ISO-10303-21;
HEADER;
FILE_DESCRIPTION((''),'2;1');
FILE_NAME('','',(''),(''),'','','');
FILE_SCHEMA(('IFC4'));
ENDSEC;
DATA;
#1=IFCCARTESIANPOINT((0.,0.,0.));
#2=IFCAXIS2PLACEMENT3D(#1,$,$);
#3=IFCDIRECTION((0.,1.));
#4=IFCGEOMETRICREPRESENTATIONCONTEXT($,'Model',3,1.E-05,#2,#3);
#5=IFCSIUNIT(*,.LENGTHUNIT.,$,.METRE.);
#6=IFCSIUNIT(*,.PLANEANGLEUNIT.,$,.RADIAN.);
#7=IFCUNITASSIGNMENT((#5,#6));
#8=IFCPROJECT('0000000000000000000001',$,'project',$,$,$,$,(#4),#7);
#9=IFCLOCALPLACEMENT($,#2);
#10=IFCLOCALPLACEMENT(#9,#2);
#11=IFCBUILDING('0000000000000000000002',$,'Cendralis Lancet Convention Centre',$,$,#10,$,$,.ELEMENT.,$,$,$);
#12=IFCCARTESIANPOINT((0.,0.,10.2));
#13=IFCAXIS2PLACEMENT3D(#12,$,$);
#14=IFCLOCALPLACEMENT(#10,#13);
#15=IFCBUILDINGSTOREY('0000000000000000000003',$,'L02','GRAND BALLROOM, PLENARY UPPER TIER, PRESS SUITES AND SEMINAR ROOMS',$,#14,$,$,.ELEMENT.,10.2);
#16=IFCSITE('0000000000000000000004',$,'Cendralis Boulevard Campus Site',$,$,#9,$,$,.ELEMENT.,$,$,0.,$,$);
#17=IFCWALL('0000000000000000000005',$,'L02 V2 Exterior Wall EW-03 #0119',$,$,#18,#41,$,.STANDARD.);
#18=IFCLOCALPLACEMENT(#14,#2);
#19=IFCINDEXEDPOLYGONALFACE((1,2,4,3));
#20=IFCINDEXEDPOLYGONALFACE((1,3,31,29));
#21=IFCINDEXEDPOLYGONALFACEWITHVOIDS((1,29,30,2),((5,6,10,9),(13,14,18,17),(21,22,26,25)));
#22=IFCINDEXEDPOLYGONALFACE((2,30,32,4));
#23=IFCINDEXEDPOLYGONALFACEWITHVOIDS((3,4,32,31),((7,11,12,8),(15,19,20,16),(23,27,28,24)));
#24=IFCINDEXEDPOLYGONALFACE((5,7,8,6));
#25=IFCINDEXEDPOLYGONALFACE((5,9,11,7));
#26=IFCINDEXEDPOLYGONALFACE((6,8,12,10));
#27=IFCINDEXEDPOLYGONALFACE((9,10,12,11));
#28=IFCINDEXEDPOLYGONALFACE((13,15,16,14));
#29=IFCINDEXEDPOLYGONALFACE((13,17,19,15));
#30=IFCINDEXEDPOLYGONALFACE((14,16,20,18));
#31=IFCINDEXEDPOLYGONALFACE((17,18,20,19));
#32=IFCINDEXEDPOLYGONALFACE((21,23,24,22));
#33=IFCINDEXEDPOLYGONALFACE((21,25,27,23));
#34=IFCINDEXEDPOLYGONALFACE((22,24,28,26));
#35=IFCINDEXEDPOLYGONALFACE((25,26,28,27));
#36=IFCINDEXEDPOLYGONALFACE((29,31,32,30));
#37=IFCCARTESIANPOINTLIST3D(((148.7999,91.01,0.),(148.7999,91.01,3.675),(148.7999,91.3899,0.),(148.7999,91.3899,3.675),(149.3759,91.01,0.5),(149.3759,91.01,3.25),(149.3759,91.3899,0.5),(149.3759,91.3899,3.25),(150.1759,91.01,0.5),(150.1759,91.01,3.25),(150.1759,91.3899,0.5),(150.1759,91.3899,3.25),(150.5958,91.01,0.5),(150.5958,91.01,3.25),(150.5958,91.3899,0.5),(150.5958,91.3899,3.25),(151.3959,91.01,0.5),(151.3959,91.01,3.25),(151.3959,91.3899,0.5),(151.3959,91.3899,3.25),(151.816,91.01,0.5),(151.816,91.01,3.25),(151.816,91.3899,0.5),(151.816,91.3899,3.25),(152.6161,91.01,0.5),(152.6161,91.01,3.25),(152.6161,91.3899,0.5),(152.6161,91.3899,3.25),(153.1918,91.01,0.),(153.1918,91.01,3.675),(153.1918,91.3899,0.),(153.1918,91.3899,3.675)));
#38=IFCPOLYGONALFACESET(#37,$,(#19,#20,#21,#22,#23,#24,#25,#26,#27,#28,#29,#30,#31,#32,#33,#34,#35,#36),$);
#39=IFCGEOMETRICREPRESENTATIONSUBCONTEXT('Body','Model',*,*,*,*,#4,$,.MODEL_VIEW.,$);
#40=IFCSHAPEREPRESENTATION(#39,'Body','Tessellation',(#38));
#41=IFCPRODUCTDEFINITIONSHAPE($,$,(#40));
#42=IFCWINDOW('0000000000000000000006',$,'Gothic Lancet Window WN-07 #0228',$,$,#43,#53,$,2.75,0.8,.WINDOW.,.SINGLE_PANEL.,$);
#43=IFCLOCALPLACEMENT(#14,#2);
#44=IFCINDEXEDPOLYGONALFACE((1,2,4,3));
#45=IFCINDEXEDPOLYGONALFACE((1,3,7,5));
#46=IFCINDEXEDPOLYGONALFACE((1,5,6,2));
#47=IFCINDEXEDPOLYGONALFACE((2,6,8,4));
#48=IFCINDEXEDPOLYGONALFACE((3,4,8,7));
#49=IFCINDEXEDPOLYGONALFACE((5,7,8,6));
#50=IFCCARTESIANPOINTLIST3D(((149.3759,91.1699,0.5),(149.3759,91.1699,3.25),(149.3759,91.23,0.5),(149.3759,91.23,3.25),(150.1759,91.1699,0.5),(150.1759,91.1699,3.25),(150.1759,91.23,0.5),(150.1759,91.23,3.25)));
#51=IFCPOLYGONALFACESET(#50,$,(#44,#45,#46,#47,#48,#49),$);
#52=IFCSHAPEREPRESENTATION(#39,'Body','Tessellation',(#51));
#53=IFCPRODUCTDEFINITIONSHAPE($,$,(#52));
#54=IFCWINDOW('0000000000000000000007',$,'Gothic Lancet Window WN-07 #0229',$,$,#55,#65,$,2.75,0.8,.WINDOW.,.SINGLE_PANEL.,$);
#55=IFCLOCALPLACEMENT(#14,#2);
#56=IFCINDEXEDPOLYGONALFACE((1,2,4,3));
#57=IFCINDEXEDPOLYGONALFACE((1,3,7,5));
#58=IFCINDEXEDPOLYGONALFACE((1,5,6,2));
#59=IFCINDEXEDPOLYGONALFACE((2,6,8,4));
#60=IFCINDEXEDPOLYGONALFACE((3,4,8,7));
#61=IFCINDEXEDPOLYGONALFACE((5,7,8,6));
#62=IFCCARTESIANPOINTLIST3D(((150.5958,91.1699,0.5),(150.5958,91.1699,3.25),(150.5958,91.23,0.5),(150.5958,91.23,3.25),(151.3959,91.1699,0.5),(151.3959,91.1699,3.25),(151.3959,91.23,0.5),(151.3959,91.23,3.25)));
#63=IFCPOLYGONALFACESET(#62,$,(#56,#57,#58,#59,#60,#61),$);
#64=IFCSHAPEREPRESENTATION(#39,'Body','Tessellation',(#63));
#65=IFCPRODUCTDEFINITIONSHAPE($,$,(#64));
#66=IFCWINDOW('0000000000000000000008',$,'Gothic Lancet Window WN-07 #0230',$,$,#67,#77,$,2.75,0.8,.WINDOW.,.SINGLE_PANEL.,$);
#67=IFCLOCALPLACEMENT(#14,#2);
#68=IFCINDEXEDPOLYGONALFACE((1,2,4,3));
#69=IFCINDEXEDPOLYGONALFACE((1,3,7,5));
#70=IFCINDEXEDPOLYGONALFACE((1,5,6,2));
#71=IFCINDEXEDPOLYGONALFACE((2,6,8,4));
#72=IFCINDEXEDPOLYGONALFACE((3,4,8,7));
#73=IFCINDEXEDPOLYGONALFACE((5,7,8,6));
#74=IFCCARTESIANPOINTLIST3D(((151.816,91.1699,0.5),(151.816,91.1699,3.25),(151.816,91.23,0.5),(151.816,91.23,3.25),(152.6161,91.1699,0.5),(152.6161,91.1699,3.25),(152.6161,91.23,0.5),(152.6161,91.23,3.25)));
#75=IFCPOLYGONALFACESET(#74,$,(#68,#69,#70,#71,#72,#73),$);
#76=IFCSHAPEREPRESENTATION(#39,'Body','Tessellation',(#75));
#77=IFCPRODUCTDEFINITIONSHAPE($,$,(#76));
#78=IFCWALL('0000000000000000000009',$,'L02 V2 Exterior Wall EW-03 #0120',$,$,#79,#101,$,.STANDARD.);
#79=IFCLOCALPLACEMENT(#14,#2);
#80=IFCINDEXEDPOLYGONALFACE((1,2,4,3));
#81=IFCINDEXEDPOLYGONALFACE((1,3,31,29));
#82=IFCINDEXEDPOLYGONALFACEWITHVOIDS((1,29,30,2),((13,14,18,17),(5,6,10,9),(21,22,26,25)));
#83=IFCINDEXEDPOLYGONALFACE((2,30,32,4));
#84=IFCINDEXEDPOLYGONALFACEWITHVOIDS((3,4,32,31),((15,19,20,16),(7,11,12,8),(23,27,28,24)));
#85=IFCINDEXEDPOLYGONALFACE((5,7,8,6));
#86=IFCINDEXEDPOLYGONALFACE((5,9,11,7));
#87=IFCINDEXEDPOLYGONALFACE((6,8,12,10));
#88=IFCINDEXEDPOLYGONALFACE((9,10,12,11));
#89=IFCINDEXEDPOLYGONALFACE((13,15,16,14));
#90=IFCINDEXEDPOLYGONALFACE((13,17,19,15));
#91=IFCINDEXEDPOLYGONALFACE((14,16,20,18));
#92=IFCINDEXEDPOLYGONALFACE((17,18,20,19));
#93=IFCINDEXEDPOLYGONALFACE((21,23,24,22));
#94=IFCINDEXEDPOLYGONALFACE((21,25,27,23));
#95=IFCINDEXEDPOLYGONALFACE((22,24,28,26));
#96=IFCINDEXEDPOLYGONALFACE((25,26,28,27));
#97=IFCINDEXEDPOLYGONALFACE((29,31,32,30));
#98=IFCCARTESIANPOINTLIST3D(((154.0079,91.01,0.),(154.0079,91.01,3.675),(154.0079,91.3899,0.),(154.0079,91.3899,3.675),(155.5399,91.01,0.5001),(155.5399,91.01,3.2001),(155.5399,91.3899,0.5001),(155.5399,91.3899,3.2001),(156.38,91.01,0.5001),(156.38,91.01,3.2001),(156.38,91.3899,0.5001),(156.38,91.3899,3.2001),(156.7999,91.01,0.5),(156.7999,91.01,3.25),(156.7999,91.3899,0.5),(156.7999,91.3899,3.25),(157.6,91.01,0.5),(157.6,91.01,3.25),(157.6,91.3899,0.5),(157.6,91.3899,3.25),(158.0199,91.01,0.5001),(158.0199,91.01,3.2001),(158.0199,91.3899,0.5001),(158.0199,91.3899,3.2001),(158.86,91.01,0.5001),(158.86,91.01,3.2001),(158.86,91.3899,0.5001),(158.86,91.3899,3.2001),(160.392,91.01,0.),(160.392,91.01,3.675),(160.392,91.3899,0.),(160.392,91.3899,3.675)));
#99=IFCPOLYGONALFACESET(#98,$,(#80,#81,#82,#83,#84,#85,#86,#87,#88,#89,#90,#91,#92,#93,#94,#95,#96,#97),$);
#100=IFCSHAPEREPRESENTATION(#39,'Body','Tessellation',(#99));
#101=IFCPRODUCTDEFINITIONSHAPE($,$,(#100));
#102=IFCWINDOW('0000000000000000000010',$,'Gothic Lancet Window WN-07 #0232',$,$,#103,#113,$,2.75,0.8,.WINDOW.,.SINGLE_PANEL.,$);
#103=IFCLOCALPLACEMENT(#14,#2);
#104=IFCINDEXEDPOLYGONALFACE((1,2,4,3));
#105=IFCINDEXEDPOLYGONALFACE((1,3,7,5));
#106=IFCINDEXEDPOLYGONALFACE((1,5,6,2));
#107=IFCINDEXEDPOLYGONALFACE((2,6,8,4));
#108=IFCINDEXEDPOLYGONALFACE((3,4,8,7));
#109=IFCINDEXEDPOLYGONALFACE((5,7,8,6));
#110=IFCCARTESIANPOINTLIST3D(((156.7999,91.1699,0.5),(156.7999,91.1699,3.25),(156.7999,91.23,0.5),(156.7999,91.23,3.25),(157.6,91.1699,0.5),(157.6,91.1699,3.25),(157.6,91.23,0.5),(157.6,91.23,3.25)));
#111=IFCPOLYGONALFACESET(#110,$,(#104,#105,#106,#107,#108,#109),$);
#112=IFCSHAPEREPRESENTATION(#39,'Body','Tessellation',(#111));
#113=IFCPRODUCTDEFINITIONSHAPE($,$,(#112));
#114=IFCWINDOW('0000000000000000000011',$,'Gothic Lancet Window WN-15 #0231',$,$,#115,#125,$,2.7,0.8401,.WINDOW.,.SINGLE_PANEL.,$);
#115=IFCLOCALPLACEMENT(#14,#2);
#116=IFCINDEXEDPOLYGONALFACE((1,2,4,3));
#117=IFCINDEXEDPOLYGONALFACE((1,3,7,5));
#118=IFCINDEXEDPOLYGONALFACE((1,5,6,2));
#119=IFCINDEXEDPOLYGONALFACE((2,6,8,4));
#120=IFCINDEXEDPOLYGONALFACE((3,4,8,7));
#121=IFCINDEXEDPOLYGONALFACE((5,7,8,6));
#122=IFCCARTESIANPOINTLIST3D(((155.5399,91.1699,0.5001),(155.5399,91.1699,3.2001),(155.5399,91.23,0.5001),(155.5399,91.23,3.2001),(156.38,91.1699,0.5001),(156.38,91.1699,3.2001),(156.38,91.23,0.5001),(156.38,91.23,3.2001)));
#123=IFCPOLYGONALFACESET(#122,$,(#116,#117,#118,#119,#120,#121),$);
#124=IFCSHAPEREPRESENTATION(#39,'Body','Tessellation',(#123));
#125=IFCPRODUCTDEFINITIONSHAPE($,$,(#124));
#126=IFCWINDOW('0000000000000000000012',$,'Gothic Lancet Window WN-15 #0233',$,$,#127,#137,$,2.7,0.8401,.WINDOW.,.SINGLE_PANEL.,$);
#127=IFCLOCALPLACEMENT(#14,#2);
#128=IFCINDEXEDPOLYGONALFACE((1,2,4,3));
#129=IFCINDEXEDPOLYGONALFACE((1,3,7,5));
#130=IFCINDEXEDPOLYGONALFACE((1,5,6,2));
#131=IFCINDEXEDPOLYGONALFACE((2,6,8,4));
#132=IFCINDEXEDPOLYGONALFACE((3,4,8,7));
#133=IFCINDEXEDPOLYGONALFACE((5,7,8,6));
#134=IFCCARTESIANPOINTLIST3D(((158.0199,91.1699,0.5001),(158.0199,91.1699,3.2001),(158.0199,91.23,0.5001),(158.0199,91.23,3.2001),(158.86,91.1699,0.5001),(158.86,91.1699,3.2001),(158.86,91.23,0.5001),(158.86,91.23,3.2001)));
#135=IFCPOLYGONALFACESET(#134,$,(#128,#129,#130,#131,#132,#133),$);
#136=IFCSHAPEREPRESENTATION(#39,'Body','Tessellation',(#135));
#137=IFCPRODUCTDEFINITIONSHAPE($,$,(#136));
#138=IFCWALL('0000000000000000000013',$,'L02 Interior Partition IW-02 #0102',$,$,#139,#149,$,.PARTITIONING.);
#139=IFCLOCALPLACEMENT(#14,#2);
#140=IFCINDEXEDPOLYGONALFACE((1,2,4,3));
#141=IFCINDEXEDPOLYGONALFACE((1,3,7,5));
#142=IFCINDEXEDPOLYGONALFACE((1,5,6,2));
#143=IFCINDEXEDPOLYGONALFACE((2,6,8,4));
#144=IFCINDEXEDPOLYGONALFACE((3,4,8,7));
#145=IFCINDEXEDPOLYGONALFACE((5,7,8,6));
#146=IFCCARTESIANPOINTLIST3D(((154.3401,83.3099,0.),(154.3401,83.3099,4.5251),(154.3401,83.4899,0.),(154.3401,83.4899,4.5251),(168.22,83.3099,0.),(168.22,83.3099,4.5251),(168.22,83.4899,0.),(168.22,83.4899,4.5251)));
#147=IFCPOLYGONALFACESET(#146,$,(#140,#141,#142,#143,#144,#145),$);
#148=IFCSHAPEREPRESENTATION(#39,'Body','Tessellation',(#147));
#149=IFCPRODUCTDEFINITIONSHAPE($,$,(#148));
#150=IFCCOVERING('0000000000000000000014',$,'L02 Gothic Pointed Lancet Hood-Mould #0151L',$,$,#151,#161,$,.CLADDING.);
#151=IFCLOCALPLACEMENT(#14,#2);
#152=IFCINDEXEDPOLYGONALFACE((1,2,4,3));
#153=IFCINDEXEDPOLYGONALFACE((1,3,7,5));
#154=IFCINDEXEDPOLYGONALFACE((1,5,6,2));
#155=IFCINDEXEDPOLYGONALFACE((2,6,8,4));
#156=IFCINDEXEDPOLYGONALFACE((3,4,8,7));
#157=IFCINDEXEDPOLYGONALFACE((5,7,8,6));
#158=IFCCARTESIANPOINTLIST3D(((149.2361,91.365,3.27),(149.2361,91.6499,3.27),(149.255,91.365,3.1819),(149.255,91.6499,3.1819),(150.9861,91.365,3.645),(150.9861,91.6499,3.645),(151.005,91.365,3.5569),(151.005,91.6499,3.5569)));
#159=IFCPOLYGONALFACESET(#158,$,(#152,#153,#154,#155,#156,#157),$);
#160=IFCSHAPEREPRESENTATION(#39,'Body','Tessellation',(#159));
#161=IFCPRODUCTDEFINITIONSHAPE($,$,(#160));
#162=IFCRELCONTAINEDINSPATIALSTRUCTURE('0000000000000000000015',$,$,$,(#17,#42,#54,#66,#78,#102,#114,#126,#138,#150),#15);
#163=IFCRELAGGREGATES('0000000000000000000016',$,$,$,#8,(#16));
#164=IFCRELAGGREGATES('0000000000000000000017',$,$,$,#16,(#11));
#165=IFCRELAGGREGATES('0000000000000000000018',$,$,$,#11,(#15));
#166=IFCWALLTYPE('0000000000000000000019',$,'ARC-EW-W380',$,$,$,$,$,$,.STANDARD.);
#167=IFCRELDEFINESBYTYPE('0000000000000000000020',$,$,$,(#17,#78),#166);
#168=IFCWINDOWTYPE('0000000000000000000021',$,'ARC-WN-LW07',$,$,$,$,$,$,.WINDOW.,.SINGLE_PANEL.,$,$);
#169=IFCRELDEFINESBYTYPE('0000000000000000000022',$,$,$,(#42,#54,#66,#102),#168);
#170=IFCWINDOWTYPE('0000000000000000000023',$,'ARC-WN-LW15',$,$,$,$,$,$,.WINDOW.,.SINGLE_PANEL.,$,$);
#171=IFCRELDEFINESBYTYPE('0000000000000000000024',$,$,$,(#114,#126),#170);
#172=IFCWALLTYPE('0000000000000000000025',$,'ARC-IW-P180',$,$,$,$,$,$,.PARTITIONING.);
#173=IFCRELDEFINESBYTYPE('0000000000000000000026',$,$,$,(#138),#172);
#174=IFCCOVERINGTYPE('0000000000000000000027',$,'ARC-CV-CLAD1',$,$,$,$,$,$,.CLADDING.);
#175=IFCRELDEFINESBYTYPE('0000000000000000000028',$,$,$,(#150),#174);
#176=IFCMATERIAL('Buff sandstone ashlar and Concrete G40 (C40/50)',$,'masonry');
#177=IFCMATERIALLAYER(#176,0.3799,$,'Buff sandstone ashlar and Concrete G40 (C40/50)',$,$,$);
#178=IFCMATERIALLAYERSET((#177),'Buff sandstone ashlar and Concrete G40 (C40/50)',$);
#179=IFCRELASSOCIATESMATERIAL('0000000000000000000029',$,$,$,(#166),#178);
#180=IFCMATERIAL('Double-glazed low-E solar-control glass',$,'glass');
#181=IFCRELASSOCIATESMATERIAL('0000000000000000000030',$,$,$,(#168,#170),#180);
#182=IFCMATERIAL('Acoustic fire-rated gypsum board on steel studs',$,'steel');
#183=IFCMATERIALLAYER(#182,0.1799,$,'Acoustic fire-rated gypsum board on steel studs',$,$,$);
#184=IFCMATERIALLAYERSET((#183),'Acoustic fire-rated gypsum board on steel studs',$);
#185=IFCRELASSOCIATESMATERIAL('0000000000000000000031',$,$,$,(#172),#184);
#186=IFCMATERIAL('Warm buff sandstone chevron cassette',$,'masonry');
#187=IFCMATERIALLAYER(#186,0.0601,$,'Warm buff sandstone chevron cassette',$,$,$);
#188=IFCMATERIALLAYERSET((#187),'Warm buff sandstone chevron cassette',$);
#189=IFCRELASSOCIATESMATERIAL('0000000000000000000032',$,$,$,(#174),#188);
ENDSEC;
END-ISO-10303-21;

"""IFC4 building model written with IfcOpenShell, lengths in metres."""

from ifc_helpers import new_model, si_unit, direction, frame, frame_2d, origin, place, context, subcontext, project, spatial, polyline, rectangle, outline, extrude, material, layer, layer_set, type_object, element, fill, save


model = new_model("IFC4")

# Units and contexts
model_context = context("Model", 3, precision=1e-05, world=origin(), true_north=direction((0.0, 1.0)))
body_context = subcontext(model_context, "Body", "Model", "MODEL_VIEW")
ifc_project = project(units=[si_unit("LENGTHUNIT", "METRE"), si_unit("PLANEANGLEUNIT", "RADIAN")], contexts=[model_context])

# Site, building, storey
site_placement = place(None, origin())
site = spatial("IfcSite", under=ifc_project, at=site_placement, Name="Cendralis Boulevard Campus Site", CompositionType="ELEMENT", RefElevation=0.0)
building_placement = place(site_placement, origin())
building = spatial("IfcBuilding", under=site, at=building_placement, Name="Cendralis Lancet Convention Centre", CompositionType="ELEMENT")
storey_placement = place(building_placement, frame((0.0, 0.0, 10.2)))
storey = spatial("IfcBuildingStorey", under=building, at=storey_placement, Name="L02", Description="GRAND BALLROOM, PLENARY UPPER TIER, PRESS SUITES AND SEMINAR ROOMS", CompositionType="ELEMENT", Elevation=10.2)

# Walls, openings, windows
ifc_material_1 = material(Name="Buff sandstone ashlar and Concrete G40 (C40/50)", Category="masonry")
ifc_layer_1 = layer(ifc_material_1, 0.3799, Name="Buff sandstone ashlar and Concrete G40 (C40/50)")
ifc_layer_set_1 = layer_set([ifc_layer_1], Name="Buff sandstone ashlar and Concrete G40 (C40/50)")
wall_type_1 = type_object("IfcWallType", Name="ARC-EW-W380", PredefinedType="STANDARD", material=ifc_layer_set_1)
wall_1_placement = place(storey_placement, frame((148.8, 91.2, 0.0), z_axis=(0.0, 0.0, 1.0), x_axis=(1.0, 0.0, 0.0)))
wall_1 = element("IfcWall", 1, at=wall_1_placement, inside=storey, type_object=wall_type_1, Name="L02 V2 Exterior Wall EW-03 #0119", PredefinedType="STANDARD", context=body_context, shape_type="SweptSolid", body=[
    extrude(rectangle(XDim=4.3918, YDim=0.3799, at=frame_2d((2.1958, 0.0))), origin(), (0.0, 0.0, 1.0), 3.675),
])
opening_1_placement = place(wall_1_placement, frame((0.5759, 0.0, 0.5)))
opening_1 = element("IfcOpeningElement", 2, at=opening_1_placement, cuts=wall_1, PredefinedType="OPENING", context=body_context, shape_type="SweptSolid", body=[
    extrude(rectangle(XDim=0.8, YDim=2.75, at=frame_2d((0.3999, 1.375))), frame((0.0, 0.2, 0.0), z_axis=(0.0, -1.0, 0.0), x_axis=(1.0, 0.0, 0.0)), (0.0, 0.0, 1.0), 0.3999),
])
opening_2_placement = place(wall_1_placement, frame((1.7959, 0.0, 0.5)))
opening_2 = element("IfcOpeningElement", 3, at=opening_2_placement, cuts=wall_1, PredefinedType="OPENING", context=body_context, shape_type="SweptSolid", body=[
    extrude(rectangle(XDim=0.8, YDim=2.75, at=frame_2d((0.3999, 1.375))), frame((0.0, 0.2, 0.0), z_axis=(0.0, -1.0, 0.0), x_axis=(1.0, 0.0, 0.0)), (0.0, 0.0, 1.0), 0.3999),
])
opening_3_placement = place(wall_1_placement, frame((3.0161, 0.0, 0.5)))
opening_3 = element("IfcOpeningElement", 4, at=opening_3_placement, cuts=wall_1, PredefinedType="OPENING", context=body_context, shape_type="SweptSolid", body=[
    extrude(rectangle(XDim=0.8, YDim=2.75, at=frame_2d((0.3999, 1.375))), frame((0.0, 0.2, 0.0), z_axis=(0.0, -1.0, 0.0), x_axis=(1.0, 0.0, 0.0)), (0.0, 0.0, 1.0), 0.3999),
])
ifc_material_2 = material(Name="Double-glazed low-E solar-control glass", Category="glass")
window_type_1 = type_object("IfcWindowType", Name="ARC-WN-LW07", PartitioningType="SINGLE_PANEL", PredefinedType="WINDOW", material=ifc_material_2)
window_1_placement = place(opening_1_placement, origin())
window_1 = element("IfcWindow", 5, at=window_1_placement, inside=storey, type_object=window_type_1, Name="Gothic Lancet Window WN-07 #0228", OverallHeight=2.75, OverallWidth=0.8, PartitioningType="SINGLE_PANEL", PredefinedType="WINDOW", context=body_context, shape_type="SweptSolid", body=[
    extrude(rectangle(XDim=0.8, YDim=2.75, at=frame_2d((0.3999, 1.375))), frame((0.0, 0.03, 0.0), z_axis=(0.0, -1.0, 0.0), x_axis=(1.0, 0.0, 0.0)), (0.0, 0.0, 1.0), 0.0601),
])
fill(opening_1, window_1)
window_2_placement = place(opening_2_placement, origin())
window_2 = element("IfcWindow", 6, at=window_2_placement, inside=storey, type_object=window_type_1, Name="Gothic Lancet Window WN-07 #0229", OverallHeight=2.75, OverallWidth=0.8, PartitioningType="SINGLE_PANEL", PredefinedType="WINDOW", context=body_context, shape_type="SweptSolid", body=[
    extrude(rectangle(XDim=0.8, YDim=2.75, at=frame_2d((0.3999, 1.375))), frame((0.0, 0.03, 0.0), z_axis=(0.0, -1.0, 0.0), x_axis=(1.0, 0.0, 0.0)), (0.0, 0.0, 1.0), 0.0601),
])
fill(opening_2, window_2)
window_3_placement = place(opening_3_placement, origin())
window_3 = element("IfcWindow", 7, at=window_3_placement, inside=storey, type_object=window_type_1, Name="Gothic Lancet Window WN-07 #0230", OverallHeight=2.75, OverallWidth=0.8, PartitioningType="SINGLE_PANEL", PredefinedType="WINDOW", context=body_context, shape_type="SweptSolid", body=[
    extrude(rectangle(XDim=0.8, YDim=2.75, at=frame_2d((0.3999, 1.375))), frame((0.0, 0.03, 0.0), z_axis=(0.0, -1.0, 0.0), x_axis=(1.0, 0.0, 0.0)), (0.0, 0.0, 1.0), 0.0601),
])
fill(opening_3, window_3)
wall_2_placement = place(storey_placement, frame((154.0081, 91.2, 0.0), z_axis=(0.0, 0.0, 1.0), x_axis=(1.0, 0.0, 0.0)))
wall_2 = element("IfcWall", 8, at=wall_2_placement, inside=storey, type_object=wall_type_1, Name="L02 V2 Exterior Wall EW-03 #0120", PredefinedType="STANDARD", context=body_context, shape_type="SweptSolid", body=[
    extrude(rectangle(XDim=6.384, YDim=0.3799, at=frame_2d((3.1919, 0.0))), origin(), (0.0, 0.0, 1.0), 3.675),
])
opening_4_placement = place(wall_2_placement, frame((1.532, 0.0, 0.5)))
opening_4 = element("IfcOpeningElement", 9, at=opening_4_placement, cuts=wall_2, PredefinedType="OPENING", context=body_context, shape_type="SweptSolid", body=[
    extrude(rectangle(XDim=0.8401, YDim=2.7, at=frame_2d((0.4199, 1.3501))), frame((0.0, 0.2, 0.0), z_axis=(0.0, -1.0, 0.0), x_axis=(1.0, 0.0, 0.0)), (0.0, 0.0, 1.0), 0.3999),
])
opening_5_placement = place(wall_2_placement, frame((2.792, 0.0, 0.5)))
opening_5 = element("IfcOpeningElement", 10, at=opening_5_placement, cuts=wall_2, PredefinedType="OPENING", context=body_context, shape_type="SweptSolid", body=[
    extrude(rectangle(XDim=0.8, YDim=2.75, at=frame_2d((0.3999, 1.375))), frame((0.0, 0.2, 0.0), z_axis=(0.0, -1.0, 0.0), x_axis=(1.0, 0.0, 0.0)), (0.0, 0.0, 1.0), 0.3999),
])
opening_6_placement = place(wall_2_placement, frame((4.012, 0.0, 0.5)))
opening_6 = element("IfcOpeningElement", 11, at=opening_6_placement, cuts=wall_2, PredefinedType="OPENING", context=body_context, shape_type="SweptSolid", body=[
    extrude(rectangle(XDim=0.8401, YDim=2.7, at=frame_2d((0.4199, 1.3501))), frame((0.0, 0.2, 0.0), z_axis=(0.0, -1.0, 0.0), x_axis=(1.0, 0.0, 0.0)), (0.0, 0.0, 1.0), 0.3999),
])
window_4_placement = place(opening_5_placement, origin())
window_4 = element("IfcWindow", 12, at=window_4_placement, inside=storey, type_object=window_type_1, Name="Gothic Lancet Window WN-07 #0232", OverallHeight=2.75, OverallWidth=0.8, PartitioningType="SINGLE_PANEL", PredefinedType="WINDOW", context=body_context, shape_type="SweptSolid", body=[
    extrude(rectangle(XDim=0.8, YDim=2.75, at=frame_2d((0.3999, 1.375))), frame((0.0, 0.03, 0.0), z_axis=(0.0, -1.0, 0.0), x_axis=(1.0, 0.0, 0.0)), (0.0, 0.0, 1.0), 0.0601),
])
fill(opening_5, window_4)
window_type_2 = type_object("IfcWindowType", Name="ARC-WN-LW15", PartitioningType="SINGLE_PANEL", PredefinedType="WINDOW", material=ifc_material_2)
window_5_placement = place(opening_4_placement, origin())
window_5 = element("IfcWindow", 13, at=window_5_placement, inside=storey, type_object=window_type_2, Name="Gothic Lancet Window WN-15 #0231", OverallHeight=2.7, OverallWidth=0.8401, PartitioningType="SINGLE_PANEL", PredefinedType="WINDOW", context=body_context, shape_type="SweptSolid", body=[
    extrude(rectangle(XDim=0.8401, YDim=2.7, at=frame_2d((0.4199, 1.3501))), frame((0.0, 0.03, 0.0), z_axis=(0.0, -1.0, 0.0), x_axis=(1.0, 0.0, 0.0)), (0.0, 0.0, 1.0), 0.0601),
])
fill(opening_4, window_5)
window_6_placement = place(opening_6_placement, origin())
window_6 = element("IfcWindow", 14, at=window_6_placement, inside=storey, type_object=window_type_2, Name="Gothic Lancet Window WN-15 #0233", OverallHeight=2.7, OverallWidth=0.8401, PartitioningType="SINGLE_PANEL", PredefinedType="WINDOW", context=body_context, shape_type="SweptSolid", body=[
    extrude(rectangle(XDim=0.8401, YDim=2.7, at=frame_2d((0.4199, 1.3501))), frame((0.0, 0.03, 0.0), z_axis=(0.0, -1.0, 0.0), x_axis=(1.0, 0.0, 0.0)), (0.0, 0.0, 1.0), 0.0601),
])
fill(opening_6, window_6)

# Wall
ifc_material_3 = material(Name="Acoustic fire-rated gypsum board on steel studs", Category="steel")
ifc_layer_2 = layer(ifc_material_3, 0.1799, Name="Acoustic fire-rated gypsum board on steel studs")
ifc_layer_set_2 = layer_set([ifc_layer_2], Name="Acoustic fire-rated gypsum board on steel studs")
wall_type_2 = type_object("IfcWallType", Name="ARC-IW-P180", PredefinedType="PARTITIONING", material=ifc_layer_set_2)
wall_3_placement = place(storey_placement, frame((154.3401, 83.3999, 0.0), z_axis=(0.0, 0.0, 1.0), x_axis=(1.0, 0.0, 0.0)))
element("IfcWall", 15, at=wall_3_placement, inside=storey, type_object=wall_type_2, Name="L02 Interior Partition IW-02 #0102", PredefinedType="PARTITIONING", context=body_context, shape_type="SweptSolid", body=[
    extrude(rectangle(XDim=13.8799, YDim=0.1799, at=frame_2d((6.9399, 0.0))), origin(), (0.0, 0.0, 1.0), 4.5251),
])

# Covering
ifc_material_4 = material(Name="Warm buff sandstone chevron cassette", Category="masonry")
ifc_layer_3 = layer(ifc_material_4, 0.0601, Name="Warm buff sandstone chevron cassette")
ifc_layer_set_3 = layer_set([ifc_layer_3], Name="Warm buff sandstone chevron cassette")
covering_type = type_object("IfcCoveringType", Name="ARC-CV-CLAD1", PredefinedType="CLADDING", material=ifc_layer_set_3)
for number, where, z_axis, x_axis, name in (
    (16, (149.2361, 91.6499, 3.27), (-0.209529, 0.0, 0.977802), (0.0, -1.0, 0.0), "L02 Gothic Pointed Lancet Hood-Mould #0151L"),
):
    element("IfcCovering", number, at=place(storey_placement, frame(where, z_axis=z_axis, x_axis=x_axis)), inside=storey, type_object=covering_type, Name=name, PredefinedType="CLADDING", context=body_context, shape_type="SweptSolid", body=[
        extrude(outline(polyline([(0.0, 0.0), (0.2849, 0.0), (0.2849, 1.7897), (0.0, 1.7897), (0.0, 0.0)])), origin(), (0.0, 0.0, -1.0), 0.0901),
    ])

save(model, "model.ifc")
